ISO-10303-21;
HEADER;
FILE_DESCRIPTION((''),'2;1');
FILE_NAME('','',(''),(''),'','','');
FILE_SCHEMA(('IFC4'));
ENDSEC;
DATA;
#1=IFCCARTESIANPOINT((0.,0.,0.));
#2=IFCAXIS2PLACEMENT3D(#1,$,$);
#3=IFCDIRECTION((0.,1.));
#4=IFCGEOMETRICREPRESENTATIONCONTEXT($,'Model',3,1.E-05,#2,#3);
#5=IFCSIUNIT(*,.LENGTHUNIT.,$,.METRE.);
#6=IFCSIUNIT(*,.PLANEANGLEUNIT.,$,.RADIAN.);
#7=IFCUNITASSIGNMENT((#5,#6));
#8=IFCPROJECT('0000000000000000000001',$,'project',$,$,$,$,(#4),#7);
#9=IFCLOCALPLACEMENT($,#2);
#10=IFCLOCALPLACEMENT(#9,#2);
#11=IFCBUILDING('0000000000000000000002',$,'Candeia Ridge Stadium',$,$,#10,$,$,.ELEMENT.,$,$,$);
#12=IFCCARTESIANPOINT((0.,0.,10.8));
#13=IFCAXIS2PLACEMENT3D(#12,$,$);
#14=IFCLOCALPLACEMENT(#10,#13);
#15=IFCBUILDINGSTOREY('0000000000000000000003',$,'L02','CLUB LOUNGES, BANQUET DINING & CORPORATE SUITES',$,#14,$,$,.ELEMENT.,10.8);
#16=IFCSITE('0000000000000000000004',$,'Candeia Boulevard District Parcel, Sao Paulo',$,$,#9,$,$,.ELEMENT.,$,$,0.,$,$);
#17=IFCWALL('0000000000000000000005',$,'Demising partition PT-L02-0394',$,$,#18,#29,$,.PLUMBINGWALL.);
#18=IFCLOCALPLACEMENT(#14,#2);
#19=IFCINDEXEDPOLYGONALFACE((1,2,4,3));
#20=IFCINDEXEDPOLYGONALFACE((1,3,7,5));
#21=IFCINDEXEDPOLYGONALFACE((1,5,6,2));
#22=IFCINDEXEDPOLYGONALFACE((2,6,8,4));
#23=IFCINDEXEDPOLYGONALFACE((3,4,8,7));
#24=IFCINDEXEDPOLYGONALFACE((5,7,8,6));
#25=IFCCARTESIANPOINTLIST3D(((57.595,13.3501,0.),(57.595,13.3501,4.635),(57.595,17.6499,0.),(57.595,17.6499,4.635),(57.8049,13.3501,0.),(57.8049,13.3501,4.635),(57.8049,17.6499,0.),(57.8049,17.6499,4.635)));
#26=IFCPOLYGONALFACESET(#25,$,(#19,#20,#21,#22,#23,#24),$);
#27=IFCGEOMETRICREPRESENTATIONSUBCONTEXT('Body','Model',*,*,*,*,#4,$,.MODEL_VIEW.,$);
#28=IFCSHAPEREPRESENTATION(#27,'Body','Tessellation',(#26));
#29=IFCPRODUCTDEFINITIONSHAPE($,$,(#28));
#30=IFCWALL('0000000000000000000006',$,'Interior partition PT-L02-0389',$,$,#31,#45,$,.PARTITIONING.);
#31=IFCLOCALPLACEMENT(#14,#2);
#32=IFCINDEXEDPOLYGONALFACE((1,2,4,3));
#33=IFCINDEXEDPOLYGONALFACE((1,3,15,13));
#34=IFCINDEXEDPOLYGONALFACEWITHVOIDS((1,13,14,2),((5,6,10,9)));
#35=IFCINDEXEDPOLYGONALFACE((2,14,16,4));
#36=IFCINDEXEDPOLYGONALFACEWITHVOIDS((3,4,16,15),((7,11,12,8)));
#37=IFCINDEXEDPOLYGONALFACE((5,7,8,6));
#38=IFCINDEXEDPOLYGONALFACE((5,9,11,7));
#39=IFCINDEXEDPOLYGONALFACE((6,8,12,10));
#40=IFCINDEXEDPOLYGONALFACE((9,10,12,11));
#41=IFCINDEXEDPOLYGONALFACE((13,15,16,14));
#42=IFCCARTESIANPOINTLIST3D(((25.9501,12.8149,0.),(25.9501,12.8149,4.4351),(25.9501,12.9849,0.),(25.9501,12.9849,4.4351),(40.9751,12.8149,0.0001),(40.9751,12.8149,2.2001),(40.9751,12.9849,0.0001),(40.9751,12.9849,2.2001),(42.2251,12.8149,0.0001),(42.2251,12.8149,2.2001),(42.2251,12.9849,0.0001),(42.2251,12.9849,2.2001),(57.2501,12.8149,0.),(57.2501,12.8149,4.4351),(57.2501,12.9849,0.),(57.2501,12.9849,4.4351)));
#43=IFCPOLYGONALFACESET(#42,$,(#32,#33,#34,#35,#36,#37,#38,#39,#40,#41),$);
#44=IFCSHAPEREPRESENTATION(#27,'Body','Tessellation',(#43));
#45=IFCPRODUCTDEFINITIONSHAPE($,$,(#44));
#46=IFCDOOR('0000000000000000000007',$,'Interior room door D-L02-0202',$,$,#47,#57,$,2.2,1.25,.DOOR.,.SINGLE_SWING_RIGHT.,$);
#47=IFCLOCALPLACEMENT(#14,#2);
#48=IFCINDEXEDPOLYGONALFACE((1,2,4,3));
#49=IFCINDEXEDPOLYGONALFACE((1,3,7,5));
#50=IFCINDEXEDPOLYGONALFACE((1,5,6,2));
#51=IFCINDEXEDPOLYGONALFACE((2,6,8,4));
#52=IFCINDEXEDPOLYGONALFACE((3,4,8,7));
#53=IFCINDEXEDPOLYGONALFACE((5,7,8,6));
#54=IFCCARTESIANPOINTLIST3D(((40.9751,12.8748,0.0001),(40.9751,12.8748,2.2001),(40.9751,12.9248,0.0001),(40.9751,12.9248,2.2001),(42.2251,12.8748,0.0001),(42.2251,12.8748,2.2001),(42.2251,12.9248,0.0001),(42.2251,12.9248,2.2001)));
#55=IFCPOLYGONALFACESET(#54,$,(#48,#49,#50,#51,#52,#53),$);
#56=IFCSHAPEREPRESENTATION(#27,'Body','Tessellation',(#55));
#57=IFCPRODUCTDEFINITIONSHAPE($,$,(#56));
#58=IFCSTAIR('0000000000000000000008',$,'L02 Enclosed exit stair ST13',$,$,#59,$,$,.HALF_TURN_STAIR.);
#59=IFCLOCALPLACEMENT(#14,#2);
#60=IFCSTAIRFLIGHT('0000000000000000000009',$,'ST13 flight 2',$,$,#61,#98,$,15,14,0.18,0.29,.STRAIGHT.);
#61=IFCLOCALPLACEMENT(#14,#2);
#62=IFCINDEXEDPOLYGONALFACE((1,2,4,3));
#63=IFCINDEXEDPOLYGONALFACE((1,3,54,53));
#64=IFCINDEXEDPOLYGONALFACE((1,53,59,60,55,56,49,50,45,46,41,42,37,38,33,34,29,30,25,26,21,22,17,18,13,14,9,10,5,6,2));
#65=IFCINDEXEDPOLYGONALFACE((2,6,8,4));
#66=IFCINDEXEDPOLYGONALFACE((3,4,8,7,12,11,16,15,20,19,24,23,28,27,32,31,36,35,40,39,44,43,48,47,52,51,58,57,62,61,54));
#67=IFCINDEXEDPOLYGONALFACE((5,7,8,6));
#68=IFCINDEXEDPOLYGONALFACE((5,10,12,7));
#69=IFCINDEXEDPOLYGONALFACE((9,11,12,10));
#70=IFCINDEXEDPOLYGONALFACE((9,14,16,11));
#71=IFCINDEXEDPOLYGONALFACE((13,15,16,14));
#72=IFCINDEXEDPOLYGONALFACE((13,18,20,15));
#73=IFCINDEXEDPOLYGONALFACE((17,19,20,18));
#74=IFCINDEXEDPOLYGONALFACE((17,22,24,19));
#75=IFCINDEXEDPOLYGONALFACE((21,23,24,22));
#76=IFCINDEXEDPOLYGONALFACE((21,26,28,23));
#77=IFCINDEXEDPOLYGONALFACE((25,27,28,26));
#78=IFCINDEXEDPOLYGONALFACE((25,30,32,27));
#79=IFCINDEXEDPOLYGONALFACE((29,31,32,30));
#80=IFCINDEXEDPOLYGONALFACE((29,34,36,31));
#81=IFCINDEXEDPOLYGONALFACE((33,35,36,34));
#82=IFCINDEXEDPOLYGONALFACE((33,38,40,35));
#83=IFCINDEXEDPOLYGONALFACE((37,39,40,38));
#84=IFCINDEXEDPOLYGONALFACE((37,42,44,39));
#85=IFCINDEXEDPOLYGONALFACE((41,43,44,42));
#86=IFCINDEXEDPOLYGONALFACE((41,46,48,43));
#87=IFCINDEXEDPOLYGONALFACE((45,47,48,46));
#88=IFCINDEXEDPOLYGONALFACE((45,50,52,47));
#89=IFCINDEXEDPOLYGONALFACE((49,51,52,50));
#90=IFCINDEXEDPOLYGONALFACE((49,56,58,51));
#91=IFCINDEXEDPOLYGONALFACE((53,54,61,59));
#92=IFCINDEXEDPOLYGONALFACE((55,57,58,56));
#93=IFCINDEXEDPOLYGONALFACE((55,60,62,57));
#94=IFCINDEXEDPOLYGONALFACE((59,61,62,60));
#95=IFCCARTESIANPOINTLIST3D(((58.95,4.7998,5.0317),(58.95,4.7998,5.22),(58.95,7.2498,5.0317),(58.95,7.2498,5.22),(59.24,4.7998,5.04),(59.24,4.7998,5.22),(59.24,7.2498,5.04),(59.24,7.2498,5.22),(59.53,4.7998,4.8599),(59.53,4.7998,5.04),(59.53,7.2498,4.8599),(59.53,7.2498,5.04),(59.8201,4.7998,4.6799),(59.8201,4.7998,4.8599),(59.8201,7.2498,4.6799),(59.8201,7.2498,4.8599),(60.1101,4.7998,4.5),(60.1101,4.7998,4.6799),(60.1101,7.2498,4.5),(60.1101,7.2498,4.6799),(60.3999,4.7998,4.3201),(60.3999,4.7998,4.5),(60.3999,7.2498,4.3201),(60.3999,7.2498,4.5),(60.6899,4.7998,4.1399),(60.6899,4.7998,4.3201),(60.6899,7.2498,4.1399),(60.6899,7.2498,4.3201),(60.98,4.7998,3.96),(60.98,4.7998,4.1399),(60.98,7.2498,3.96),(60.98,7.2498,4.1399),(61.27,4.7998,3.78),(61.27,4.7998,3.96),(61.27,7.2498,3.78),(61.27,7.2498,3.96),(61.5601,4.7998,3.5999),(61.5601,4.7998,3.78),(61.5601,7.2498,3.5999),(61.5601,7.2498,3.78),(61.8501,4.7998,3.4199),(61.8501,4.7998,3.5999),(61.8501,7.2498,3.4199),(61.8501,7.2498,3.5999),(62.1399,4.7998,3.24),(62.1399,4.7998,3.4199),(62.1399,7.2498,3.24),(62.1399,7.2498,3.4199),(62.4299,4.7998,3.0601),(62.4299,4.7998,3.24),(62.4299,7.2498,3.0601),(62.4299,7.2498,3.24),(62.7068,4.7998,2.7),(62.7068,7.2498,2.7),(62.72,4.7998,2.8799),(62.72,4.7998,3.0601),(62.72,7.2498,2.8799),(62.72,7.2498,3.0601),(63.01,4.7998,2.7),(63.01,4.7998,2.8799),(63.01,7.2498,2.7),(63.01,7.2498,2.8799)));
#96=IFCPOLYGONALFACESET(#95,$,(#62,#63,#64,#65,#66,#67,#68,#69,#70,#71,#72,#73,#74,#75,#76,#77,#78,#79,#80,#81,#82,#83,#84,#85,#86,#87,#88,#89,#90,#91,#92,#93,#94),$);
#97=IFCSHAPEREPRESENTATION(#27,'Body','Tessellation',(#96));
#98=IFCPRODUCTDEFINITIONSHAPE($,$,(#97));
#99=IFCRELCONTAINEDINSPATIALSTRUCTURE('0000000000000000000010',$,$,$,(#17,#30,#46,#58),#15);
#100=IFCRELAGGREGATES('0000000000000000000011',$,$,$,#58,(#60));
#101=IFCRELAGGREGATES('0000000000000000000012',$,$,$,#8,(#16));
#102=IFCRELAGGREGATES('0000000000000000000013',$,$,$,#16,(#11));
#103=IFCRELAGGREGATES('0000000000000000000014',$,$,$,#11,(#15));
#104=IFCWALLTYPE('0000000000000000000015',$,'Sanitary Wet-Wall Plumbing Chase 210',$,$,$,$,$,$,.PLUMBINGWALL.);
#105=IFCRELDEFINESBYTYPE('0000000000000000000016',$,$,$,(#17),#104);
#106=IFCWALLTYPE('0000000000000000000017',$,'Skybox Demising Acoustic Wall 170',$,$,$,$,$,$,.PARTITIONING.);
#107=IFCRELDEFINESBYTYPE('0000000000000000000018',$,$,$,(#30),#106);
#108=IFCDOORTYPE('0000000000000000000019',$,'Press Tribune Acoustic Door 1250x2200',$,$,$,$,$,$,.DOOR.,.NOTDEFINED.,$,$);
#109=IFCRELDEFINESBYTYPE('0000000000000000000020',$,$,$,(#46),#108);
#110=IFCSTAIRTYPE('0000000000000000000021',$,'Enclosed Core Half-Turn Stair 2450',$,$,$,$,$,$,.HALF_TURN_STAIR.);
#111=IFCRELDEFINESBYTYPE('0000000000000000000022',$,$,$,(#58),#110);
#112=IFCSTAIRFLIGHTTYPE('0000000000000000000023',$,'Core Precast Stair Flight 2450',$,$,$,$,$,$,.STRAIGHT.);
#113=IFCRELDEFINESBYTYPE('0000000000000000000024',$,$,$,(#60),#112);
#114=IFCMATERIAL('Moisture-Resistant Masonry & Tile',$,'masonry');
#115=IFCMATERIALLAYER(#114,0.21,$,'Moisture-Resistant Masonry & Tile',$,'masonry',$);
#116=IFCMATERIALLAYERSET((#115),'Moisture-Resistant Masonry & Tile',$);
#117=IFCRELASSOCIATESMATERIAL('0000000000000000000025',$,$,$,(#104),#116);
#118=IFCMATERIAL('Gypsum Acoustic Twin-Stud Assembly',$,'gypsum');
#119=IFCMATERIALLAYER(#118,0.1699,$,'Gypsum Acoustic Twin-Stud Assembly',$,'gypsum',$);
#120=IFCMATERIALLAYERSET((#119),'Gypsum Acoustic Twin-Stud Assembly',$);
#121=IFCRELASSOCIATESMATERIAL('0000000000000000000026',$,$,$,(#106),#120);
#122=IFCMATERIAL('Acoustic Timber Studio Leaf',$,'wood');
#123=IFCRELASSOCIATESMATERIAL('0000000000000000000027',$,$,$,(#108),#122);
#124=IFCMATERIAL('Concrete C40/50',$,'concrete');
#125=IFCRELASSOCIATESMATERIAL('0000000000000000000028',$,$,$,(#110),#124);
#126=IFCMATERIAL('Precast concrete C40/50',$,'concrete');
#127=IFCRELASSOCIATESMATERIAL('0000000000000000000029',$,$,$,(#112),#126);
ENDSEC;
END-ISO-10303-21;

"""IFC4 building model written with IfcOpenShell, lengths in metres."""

from ifc_helpers import new_model, si_unit, direction, frame, frame_2d, origin, place, context, subcontext, project, spatial, polyline, rectangle, outline, extrude, material, layer, layer_set, type_object, element, fill, aggregate, save


model = new_model("IFC4")

# Units and contexts
model_context = context("Model", 3, precision=1e-05, world=origin(), true_north=direction((0.0, 1.0)))
body_context = subcontext(model_context, "Body", "Model", "MODEL_VIEW")
ifc_project = project(units=[si_unit("LENGTHUNIT", "METRE"), si_unit("PLANEANGLEUNIT", "RADIAN")], contexts=[model_context])

# Site, building, storey
site_placement = place(None, origin())
site = spatial("IfcSite", under=ifc_project, at=site_placement, Name="Candeia Boulevard District Parcel, Sao Paulo", CompositionType="ELEMENT", RefElevation=0.0)
building_placement = place(site_placement, origin())
building = spatial("IfcBuilding", under=site, at=building_placement, Name="Candeia Ridge Stadium", CompositionType="ELEMENT")
storey_placement = place(building_placement, frame((0.0, 0.0, 10.8)))
storey = spatial("IfcBuildingStorey", under=building, at=storey_placement, Name="L02", Description="CLUB LOUNGES, BANQUET DINING & CORPORATE SUITES", CompositionType="ELEMENT", Elevation=10.8)

# Shared definitions
ifc_material_1 = material(Name="Concrete C40/50", Category="concrete")

# Wall
ifc_material_2 = material(Name="Moisture-Resistant Masonry & Tile", Category="masonry")
ifc_layer_1 = layer(ifc_material_2, 0.21, Name="Moisture-Resistant Masonry & Tile", Category="masonry")
ifc_layer_set_1 = layer_set([ifc_layer_1], Name="Moisture-Resistant Masonry & Tile")
wall_type_1 = type_object("IfcWallType", Name="Sanitary Wet-Wall Plumbing Chase 210", PredefinedType="PLUMBINGWALL", material=ifc_layer_set_1)
wall_1_placement = place(storey_placement, frame((57.7, 13.3501, 0.0), z_axis=(0.0, 0.0, 1.0), x_axis=(0.0, 1.0, 0.0)))
element("IfcWall", 1, at=wall_1_placement, inside=storey, type_object=wall_type_1, Name="Demising partition PT-L02-0394", PredefinedType="PLUMBINGWALL", context=body_context, shape_type="SweptSolid", body=[
    extrude(rectangle(XDim=4.2998, YDim=0.21, at=frame_2d((2.1499, 0.0))), origin(), (0.0, 0.0, 1.0), 4.635),
])

# Wall, opening, door
ifc_material_3 = material(Name="Gypsum Acoustic Twin-Stud Assembly", Category="gypsum")
ifc_layer_2 = layer(ifc_material_3, 0.1699, Name="Gypsum Acoustic Twin-Stud Assembly", Category="gypsum")
ifc_layer_set_2 = layer_set([ifc_layer_2], Name="Gypsum Acoustic Twin-Stud Assembly")
wall_type_2 = type_object("IfcWallType", Name="Skybox Demising Acoustic Wall 170", PredefinedType="PARTITIONING", material=ifc_layer_set_2)
wall_2_placement = place(storey_placement, frame((57.25, 12.8999, 0.0), z_axis=(0.0, 0.0, 1.0), x_axis=(-1.0, 0.0, 0.0)))
wall_2 = element("IfcWall", 2, at=wall_2_placement, inside=storey, type_object=wall_type_2, Name="Interior partition PT-L02-0389", PredefinedType="PARTITIONING", context=body_context, shape_type="SweptSolid", body=[
    extrude(rectangle(XDim=31.3, YDim=0.1699, at=frame_2d((15.6499, 0.0))), origin(), (0.0, 0.0, 1.0), 4.4351),
])
opening_1_placement = place(wall_2_placement, frame((15.0249, 0.0, 0.0)))
opening_1 = element("IfcOpeningElement", 3, at=opening_1_placement, cuts=wall_2, PredefinedType="OPENING", context=body_context, shape_type="SweptSolid", body=[
    extrude(rectangle(XDim=1.25, YDim=2.2, at=frame_2d((0.625, 1.1001))), frame((0.0, 0.095, 0.0), z_axis=(0.0, -1.0, 0.0), x_axis=(1.0, 0.0, 0.0)), (0.0, 0.0, 1.0), 0.1899),
])
ifc_material_4 = material(Name="Acoustic Timber Studio Leaf", Category="wood")
door_type_1 = type_object("IfcDoorType", Name="Press Tribune Acoustic Door 1250x2200", OperationType="NOTDEFINED", PredefinedType="DOOR", material=ifc_material_4)
door_1_placement = place(opening_1_placement, frame((1.25, 0.0, 0.0), z_axis=(0.0, 0.0, 1.0), x_axis=(-1.0, 0.0, 0.0)))
door_1 = element("IfcDoor", 4, at=door_1_placement, inside=storey, type_object=door_type_1, Name="Interior room door D-L02-0202", OperationType="SINGLE_SWING_RIGHT", OverallHeight=2.2, OverallWidth=1.25, PredefinedType="DOOR", context=body_context, shape_type="SweptSolid", body=[
    extrude(rectangle(XDim=1.25, YDim=2.2, at=frame_2d((0.625, 1.1001))), frame((0.0, 0.0249, 0.0), z_axis=(0.0, -1.0, 0.0), x_axis=(1.0, 0.0, 0.0)), (0.0, 0.0, 1.0), 0.05),
])
fill(opening_1, door_1)

# Stair, stair flight
stair_type = type_object("IfcStairType", Name="Enclosed Core Half-Turn Stair 2450", PredefinedType="HALF_TURN_STAIR", material=ifc_material_1)
stair_placement = place(storey_placement, origin())
stair = element("IfcStair", 5, at=stair_placement, inside=storey, type_object=stair_type, Name="L02 Enclosed exit stair ST13", PredefinedType="HALF_TURN_STAIR")
ifc_material_5 = material(Name="Precast concrete C40/50", Category="concrete")
stair_flight_type = type_object("IfcStairFlightType", Name="Core Precast Stair Flight 2450", PredefinedType="STRAIGHT", material=ifc_material_5)
stair_flight_placement = place(storey_placement, frame((63.01, 6.0249, 2.7), z_axis=(0.0, 0.0, 1.0), x_axis=(-1.0, 0.0, 0.0)))
stair_flight = element("IfcStairFlight", 6, at=stair_flight_placement, type_object=stair_flight_type, Name="ST13 flight 2", NumberOfRisers=15, NumberOfTreads=14, PredefinedType="STRAIGHT", RiserHeight=0.18, TreadLength=0.29, context=body_context, shape_type="SweptSolid", body=[
    extrude(outline(polyline([(0.0, 0.0), (0.0, 0.1799), (0.29, 0.1799), (0.29, 0.3601), (0.5801, 0.3601), (0.5801, 0.54), (0.8701, 0.54), (0.8701, 0.72), (1.1599, 0.72), (1.1599, 0.8999), (1.45, 0.8999), (1.45, 1.0801), (1.74, 1.0801), (1.74, 1.26), (2.03, 1.26), (2.03, 1.4399), (2.3201, 1.4399), (2.3201, 1.6201), (2.6101, 1.6201), (2.6101, 1.8), (2.8999, 1.8), (2.8999, 1.98), (3.1899, 1.98), (3.1899, 2.1599), (3.48, 2.1599), (3.48, 2.3401), (3.77, 2.3401), (3.77, 2.52), (4.0601, 2.52), (4.0601, 2.7), (4.0601, 2.3318), (0.3032, 0.0), (0.0, 0.0)])), frame((0.0, 1.2251, 0.0), z_axis=(0.0, -1.0, 0.0), x_axis=(1.0, 0.0, 0.0)), (0.0, 0.0, 1.0), 2.45),
])
aggregate(stair, [stair_flight])

save(model, "model.ifc")
